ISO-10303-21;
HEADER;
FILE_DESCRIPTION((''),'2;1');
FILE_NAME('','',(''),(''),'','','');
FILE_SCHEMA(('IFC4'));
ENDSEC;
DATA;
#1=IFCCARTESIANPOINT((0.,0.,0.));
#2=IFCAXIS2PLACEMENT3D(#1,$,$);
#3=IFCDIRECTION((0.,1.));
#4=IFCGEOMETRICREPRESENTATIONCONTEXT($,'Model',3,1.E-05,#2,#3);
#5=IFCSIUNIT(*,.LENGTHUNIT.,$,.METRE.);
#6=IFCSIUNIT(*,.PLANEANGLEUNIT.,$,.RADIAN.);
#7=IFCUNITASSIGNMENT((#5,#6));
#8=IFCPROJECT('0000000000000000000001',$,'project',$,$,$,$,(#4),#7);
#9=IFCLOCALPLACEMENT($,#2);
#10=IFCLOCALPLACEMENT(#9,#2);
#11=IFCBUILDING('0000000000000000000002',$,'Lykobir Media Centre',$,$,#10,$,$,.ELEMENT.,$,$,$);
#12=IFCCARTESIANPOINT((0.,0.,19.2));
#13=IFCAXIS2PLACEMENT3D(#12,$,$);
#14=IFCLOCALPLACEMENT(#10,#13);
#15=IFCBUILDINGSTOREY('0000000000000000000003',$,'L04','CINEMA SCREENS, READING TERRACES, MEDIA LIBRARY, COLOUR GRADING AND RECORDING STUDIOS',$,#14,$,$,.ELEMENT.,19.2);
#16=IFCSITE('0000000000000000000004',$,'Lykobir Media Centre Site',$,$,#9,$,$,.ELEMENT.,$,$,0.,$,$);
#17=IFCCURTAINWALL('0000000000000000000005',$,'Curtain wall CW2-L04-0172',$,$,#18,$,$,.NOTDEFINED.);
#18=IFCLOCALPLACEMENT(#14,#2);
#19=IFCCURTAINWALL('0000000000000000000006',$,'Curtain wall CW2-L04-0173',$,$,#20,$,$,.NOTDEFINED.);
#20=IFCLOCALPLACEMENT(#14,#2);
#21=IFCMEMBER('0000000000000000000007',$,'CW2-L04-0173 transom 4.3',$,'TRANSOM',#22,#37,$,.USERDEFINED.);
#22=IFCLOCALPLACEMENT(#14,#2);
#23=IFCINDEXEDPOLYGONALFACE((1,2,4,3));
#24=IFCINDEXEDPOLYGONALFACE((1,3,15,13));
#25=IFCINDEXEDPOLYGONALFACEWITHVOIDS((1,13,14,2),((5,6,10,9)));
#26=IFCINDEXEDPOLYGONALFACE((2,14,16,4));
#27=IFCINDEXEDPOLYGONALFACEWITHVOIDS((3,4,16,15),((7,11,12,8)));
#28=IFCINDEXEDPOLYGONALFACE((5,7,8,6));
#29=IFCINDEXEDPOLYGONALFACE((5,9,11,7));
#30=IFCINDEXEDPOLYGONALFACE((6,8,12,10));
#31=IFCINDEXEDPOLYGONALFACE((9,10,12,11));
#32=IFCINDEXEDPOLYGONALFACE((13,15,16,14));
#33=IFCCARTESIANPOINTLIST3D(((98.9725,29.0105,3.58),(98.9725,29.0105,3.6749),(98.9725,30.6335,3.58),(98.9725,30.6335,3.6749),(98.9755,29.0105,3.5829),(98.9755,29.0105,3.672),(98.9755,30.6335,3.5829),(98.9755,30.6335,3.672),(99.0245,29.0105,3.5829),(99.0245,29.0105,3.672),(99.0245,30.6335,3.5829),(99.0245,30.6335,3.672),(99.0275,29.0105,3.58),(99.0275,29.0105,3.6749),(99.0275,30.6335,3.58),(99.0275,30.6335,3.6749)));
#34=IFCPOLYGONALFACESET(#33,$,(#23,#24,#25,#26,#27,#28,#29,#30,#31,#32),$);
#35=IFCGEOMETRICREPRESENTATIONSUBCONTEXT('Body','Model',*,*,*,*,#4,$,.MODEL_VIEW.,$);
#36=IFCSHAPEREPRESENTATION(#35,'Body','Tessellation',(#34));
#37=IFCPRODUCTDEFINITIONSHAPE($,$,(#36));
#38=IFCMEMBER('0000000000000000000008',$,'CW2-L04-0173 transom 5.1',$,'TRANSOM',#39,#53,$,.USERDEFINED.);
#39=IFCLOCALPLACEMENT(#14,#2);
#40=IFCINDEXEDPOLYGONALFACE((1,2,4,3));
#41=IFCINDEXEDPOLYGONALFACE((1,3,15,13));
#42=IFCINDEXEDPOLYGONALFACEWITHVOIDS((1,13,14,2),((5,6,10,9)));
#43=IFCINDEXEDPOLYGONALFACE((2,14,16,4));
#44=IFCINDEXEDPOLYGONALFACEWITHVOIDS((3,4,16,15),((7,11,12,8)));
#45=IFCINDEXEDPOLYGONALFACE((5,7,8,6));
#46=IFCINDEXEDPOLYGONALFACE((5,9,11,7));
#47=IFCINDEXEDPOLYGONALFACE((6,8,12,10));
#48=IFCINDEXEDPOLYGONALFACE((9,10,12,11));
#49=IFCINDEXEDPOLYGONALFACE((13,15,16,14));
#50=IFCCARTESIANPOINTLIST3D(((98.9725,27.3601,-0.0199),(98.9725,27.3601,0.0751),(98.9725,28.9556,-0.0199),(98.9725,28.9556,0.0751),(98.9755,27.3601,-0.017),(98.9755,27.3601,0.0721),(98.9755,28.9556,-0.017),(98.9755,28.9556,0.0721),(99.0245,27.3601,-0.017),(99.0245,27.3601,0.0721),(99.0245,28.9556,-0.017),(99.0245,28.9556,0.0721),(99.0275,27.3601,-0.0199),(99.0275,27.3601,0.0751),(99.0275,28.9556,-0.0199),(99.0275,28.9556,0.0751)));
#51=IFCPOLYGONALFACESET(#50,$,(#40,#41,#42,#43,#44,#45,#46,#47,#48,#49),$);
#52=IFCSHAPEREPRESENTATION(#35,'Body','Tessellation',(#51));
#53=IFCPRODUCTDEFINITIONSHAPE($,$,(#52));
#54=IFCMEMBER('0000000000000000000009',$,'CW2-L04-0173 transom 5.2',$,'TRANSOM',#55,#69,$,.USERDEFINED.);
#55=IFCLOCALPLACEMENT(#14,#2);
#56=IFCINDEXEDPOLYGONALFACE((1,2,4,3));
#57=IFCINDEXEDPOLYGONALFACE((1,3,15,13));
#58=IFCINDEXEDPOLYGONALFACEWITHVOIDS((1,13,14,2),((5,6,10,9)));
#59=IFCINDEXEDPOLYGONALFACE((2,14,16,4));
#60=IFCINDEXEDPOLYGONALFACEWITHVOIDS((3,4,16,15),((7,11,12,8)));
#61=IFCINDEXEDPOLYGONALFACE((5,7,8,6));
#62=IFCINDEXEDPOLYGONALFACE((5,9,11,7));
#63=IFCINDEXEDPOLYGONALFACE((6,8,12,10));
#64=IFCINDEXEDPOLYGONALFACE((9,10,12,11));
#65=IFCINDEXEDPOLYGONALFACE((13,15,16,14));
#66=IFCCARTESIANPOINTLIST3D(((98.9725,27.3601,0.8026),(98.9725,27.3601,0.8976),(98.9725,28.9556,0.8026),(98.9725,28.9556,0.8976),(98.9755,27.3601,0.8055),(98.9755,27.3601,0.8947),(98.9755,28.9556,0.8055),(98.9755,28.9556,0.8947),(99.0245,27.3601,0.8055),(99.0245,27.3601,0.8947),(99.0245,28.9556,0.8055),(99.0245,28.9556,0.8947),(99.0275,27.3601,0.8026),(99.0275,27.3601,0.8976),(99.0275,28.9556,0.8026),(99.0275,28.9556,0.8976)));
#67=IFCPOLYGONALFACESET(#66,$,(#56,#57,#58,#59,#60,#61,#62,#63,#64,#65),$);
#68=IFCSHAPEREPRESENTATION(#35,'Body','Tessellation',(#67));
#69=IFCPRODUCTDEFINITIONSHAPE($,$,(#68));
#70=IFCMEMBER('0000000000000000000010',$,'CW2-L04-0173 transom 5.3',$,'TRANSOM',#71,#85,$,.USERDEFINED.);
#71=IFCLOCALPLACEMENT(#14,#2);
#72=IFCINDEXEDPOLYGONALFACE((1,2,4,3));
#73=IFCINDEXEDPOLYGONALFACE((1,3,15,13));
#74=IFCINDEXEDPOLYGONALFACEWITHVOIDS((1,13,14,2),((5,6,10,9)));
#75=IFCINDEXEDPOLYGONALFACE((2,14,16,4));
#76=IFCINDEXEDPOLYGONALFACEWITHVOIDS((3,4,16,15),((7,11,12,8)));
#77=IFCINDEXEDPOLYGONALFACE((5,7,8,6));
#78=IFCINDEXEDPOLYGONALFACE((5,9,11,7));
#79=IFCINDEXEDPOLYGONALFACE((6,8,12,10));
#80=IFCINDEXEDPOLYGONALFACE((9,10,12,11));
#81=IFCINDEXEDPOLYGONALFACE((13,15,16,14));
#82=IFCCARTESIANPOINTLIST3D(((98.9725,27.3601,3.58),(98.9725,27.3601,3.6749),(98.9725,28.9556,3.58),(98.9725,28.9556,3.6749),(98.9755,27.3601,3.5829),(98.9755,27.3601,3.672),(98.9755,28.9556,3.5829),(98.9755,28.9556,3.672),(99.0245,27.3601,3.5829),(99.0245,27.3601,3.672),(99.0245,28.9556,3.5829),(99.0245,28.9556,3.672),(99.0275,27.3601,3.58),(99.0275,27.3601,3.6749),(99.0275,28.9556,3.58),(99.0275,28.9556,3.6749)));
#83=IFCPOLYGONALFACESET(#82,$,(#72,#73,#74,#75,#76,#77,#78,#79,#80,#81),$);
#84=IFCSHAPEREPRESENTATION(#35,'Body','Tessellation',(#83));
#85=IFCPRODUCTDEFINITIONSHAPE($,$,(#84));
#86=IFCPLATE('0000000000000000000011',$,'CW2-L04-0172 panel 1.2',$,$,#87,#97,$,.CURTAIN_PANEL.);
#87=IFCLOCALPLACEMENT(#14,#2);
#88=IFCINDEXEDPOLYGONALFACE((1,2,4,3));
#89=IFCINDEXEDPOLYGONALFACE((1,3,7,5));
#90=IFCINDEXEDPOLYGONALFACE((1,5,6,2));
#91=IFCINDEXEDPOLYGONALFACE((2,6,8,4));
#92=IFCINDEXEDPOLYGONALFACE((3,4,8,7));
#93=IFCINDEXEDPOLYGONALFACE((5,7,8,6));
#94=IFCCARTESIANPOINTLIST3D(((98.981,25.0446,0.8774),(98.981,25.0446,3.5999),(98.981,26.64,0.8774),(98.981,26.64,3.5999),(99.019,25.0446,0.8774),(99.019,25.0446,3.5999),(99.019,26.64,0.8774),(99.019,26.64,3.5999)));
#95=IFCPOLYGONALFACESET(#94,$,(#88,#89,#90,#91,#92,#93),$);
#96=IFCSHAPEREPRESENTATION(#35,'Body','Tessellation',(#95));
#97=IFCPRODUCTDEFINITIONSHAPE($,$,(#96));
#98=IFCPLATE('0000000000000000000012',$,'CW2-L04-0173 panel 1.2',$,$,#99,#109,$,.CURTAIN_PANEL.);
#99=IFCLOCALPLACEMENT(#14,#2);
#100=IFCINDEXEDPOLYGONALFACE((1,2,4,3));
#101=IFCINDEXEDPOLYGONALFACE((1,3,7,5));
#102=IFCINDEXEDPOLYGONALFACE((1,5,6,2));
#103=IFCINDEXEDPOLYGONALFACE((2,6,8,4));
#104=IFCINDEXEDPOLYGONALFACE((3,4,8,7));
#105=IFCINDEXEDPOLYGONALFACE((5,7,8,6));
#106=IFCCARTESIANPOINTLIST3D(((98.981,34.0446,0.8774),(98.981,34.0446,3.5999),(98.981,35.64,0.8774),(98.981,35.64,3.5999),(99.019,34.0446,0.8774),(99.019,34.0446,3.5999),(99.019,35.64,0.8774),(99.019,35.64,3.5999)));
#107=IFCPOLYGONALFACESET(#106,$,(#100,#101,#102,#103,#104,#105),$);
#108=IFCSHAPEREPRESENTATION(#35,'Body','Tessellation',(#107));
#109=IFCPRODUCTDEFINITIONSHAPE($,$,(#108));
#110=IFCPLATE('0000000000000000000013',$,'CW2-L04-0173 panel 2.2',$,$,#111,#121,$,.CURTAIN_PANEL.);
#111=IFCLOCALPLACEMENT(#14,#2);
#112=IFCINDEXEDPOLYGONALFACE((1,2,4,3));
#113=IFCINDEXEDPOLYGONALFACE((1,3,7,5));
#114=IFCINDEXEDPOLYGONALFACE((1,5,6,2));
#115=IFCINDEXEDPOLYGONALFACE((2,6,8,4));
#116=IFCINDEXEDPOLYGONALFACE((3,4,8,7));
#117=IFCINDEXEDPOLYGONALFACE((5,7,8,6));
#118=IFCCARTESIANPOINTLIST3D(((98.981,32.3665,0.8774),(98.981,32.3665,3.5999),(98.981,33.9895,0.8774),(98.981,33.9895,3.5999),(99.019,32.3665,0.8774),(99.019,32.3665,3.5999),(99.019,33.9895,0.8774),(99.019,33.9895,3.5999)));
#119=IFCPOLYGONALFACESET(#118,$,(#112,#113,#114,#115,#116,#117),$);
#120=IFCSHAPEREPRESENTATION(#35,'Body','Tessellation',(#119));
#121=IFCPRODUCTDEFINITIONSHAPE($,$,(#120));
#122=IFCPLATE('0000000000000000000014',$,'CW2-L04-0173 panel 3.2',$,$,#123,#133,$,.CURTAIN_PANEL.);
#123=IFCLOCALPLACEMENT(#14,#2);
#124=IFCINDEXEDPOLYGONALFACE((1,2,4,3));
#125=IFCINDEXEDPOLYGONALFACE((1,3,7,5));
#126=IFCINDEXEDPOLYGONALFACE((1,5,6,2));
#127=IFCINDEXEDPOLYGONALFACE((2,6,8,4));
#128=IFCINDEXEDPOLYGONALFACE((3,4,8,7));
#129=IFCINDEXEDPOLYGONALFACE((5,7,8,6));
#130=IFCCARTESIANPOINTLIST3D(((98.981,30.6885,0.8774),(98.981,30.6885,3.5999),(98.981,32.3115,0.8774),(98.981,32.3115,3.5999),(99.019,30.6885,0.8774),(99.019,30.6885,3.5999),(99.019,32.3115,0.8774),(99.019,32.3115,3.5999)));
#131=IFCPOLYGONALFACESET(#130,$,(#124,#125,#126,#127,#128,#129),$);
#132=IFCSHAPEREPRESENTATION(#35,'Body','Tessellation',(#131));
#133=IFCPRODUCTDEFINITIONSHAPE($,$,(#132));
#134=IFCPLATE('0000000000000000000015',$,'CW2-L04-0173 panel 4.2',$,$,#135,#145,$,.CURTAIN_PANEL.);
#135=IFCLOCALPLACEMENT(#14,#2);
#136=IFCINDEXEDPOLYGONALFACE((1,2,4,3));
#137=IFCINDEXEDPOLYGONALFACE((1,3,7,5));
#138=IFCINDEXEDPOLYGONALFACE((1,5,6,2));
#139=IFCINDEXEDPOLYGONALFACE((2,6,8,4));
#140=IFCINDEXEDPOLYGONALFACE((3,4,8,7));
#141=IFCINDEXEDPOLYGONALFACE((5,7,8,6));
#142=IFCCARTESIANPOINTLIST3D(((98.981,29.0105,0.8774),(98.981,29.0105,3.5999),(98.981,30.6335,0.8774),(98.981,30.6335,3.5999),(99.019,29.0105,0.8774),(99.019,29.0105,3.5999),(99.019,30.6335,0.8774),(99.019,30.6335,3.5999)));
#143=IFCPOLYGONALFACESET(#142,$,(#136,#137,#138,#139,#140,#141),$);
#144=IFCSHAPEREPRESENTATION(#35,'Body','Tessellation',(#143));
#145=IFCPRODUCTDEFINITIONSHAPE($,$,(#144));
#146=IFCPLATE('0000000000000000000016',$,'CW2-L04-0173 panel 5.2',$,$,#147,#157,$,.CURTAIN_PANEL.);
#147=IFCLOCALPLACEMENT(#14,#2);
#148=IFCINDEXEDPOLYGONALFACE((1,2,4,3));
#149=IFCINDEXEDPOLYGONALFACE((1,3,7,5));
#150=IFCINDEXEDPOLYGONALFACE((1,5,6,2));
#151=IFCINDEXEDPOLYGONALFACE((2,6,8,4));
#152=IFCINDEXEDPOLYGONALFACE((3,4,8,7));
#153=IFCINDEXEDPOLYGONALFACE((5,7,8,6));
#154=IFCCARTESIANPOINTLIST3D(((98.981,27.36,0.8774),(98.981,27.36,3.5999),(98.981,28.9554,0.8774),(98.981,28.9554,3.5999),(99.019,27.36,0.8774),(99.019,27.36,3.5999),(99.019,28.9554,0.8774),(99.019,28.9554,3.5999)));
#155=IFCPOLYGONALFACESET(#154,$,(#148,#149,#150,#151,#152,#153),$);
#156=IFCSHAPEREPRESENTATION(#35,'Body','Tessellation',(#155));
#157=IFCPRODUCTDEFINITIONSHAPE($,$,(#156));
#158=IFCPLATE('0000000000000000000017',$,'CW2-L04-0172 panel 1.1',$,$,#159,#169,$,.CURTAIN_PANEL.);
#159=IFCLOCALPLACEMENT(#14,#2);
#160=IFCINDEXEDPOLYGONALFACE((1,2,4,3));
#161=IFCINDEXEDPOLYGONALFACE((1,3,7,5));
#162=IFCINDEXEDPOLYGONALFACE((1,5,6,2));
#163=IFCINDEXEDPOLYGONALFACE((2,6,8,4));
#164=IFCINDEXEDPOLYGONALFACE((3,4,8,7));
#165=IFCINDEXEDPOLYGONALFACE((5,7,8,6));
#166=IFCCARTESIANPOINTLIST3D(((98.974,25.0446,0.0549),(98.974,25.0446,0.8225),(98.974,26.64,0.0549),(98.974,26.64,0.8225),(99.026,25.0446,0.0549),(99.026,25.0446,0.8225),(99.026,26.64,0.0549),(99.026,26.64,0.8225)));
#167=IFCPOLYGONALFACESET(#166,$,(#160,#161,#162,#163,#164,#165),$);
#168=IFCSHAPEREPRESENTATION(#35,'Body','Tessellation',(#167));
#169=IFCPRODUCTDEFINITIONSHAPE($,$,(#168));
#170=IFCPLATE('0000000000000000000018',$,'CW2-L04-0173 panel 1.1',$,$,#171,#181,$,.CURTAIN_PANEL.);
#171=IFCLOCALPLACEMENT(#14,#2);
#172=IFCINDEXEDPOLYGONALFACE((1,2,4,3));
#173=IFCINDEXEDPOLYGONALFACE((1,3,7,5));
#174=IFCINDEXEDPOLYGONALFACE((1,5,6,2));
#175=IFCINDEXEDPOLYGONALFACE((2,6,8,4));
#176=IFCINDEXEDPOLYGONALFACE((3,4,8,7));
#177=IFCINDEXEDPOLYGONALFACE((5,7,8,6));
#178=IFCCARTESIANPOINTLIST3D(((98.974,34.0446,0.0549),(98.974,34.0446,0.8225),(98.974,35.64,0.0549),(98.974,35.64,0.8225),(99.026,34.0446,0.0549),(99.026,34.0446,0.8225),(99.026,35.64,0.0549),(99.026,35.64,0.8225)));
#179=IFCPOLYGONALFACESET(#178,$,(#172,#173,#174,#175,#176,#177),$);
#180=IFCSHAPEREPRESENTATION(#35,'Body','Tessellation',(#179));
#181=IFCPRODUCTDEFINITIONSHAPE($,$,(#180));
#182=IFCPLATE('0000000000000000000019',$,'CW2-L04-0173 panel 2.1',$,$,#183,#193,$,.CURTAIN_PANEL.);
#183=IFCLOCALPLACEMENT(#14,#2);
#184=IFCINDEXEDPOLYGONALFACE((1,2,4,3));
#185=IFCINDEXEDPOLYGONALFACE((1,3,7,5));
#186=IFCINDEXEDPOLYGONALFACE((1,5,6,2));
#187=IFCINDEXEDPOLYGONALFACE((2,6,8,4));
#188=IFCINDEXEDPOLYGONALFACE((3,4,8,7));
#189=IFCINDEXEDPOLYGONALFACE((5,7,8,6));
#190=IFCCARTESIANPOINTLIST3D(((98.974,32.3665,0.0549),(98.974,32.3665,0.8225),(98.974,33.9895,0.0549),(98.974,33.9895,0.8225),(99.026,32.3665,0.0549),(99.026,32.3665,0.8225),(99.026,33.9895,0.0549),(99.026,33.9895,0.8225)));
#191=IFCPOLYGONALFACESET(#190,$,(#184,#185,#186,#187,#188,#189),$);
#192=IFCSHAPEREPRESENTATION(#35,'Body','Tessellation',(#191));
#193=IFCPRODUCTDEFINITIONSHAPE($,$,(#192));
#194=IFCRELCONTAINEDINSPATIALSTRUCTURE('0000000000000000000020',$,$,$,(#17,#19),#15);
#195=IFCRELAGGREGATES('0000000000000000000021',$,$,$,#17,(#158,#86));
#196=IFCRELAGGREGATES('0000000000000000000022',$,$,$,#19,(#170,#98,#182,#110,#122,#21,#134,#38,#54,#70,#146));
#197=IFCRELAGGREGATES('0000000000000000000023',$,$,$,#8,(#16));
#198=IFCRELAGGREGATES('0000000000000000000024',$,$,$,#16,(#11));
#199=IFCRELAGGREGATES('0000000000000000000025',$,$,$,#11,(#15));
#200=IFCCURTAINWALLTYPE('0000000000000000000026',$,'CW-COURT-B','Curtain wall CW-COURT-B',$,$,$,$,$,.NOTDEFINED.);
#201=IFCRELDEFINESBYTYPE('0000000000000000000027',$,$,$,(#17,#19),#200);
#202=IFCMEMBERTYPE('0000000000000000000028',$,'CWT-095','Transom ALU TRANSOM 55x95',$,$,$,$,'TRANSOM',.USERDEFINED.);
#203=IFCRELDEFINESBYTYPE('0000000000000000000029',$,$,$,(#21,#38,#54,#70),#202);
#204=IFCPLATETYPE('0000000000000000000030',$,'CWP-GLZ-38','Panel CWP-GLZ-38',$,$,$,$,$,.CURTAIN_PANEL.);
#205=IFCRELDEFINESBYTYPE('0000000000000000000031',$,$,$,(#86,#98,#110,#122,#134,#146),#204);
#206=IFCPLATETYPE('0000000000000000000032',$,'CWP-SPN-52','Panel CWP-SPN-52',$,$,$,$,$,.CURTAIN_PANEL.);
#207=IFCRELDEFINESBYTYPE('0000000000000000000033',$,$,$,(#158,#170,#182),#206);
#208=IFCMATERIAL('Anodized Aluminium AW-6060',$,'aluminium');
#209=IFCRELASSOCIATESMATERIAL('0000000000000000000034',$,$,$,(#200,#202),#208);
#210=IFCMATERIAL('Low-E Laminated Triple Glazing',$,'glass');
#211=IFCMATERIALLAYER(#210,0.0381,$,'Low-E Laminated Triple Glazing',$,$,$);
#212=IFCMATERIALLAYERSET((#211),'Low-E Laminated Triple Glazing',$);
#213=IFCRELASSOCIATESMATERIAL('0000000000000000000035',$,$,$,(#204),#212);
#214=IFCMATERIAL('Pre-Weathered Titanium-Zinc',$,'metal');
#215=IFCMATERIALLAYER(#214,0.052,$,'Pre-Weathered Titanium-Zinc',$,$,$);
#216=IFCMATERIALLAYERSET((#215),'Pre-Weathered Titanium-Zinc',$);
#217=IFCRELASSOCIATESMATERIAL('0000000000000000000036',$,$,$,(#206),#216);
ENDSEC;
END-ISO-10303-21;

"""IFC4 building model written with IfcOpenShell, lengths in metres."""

from ifc_helpers import new_model, si_unit, direction, frame, origin, origin_2d, place, context, subcontext, project, spatial, rectangle, hollow_rectangle, extrude, material, layer, layer_set, material_profile, profile_set, type_object, element, aggregate, save


model = new_model("IFC4")

# Units and contexts
model_context = context("Model", 3, precision=1e-05, world=origin(), true_north=direction((0.0, 1.0)))
body_context = subcontext(model_context, "Body", "Model", "MODEL_VIEW")
ifc_project = project(units=[si_unit("LENGTHUNIT", "METRE"), si_unit("PLANEANGLEUNIT", "RADIAN")], contexts=[model_context])

# Site, building, storey
site_placement = place(None, origin())
site = spatial("IfcSite", under=ifc_project, at=site_placement, Name="Lykobir Media Centre Site", CompositionType="ELEMENT", RefElevation=0.0)
building_placement = place(site_placement, origin())
building = spatial("IfcBuilding", under=site, at=building_placement, Name="Lykobir Media Centre", CompositionType="ELEMENT")
storey_placement = place(building_placement, frame((0.0, 0.0, 19.2)))
storey = spatial("IfcBuildingStorey", under=building, at=storey_placement, Name="L04", Description="CINEMA SCREENS, READING TERRACES, MEDIA LIBRARY, COLOUR GRADING AND RECORDING STUDIOS", CompositionType="ELEMENT", Elevation=19.2)

# Curtain walls
ifc_material_1 = material(Name="Anodized Aluminium AW-6060", Category="aluminium")
curtain_wall_type = type_object("IfcCurtainWallType", Name="CW-COURT-B", Description="Curtain wall CW-COURT-B", PredefinedType="NOTDEFINED", material=ifc_material_1)
curtain_wall_1_placement = place(storey_placement, origin())
curtain_wall_1 = element("IfcCurtainWall", 1, at=curtain_wall_1_placement, inside=storey, type_object=curtain_wall_type, Name="Curtain wall CW2-L04-0172", PredefinedType="NOTDEFINED")
curtain_wall_2_placement = place(storey_placement, origin())
curtain_wall_2 = element("IfcCurtainWall", 2, at=curtain_wall_2_placement, inside=storey, type_object=curtain_wall_type, Name="Curtain wall CW2-L04-0173", PredefinedType="NOTDEFINED")

# Members
ifc_material_profile_1 = material_profile(ifc_material_1, hollow_rectangle(XDim=0.0549, YDim=0.095, WallThickness=0.0029, at=origin_2d()), Name="ALU TRANSOM 55x95")
ifc_profile_set_1 = profile_set([ifc_material_profile_1], Name="Anodized Aluminium AW-6060")
member_type_1 = type_object("IfcMemberType", Name="CWT-095", Description="Transom ALU TRANSOM 55x95", ElementType="TRANSOM", PredefinedType="USERDEFINED", material=ifc_profile_set_1)
member_1_placement = place(storey_placement, frame((99.0, 30.6335, 3.6274), z_axis=(0.0, -1.0, 0.0), x_axis=(1.0, 0.0, 0.0)))
member_1 = element("IfcMember", 3, at=member_1_placement, type_object=member_type_1, Name="CW2-L04-0173 transom 4.3", ObjectType="TRANSOM", PredefinedType="USERDEFINED", context=body_context, shape_type="SweptSolid", body=[
    extrude(hollow_rectangle(XDim=0.0549, YDim=0.095, WallThickness=0.0029, at=origin_2d()), origin(), (0.0, 0.0, 1.0), 1.623),
])
member_2_placement = place(storey_placement, frame((99.0, 28.9556, 0.0276), z_axis=(0.0, -1.0, 0.0), x_axis=(1.0, 0.0, 0.0)))
member_2 = element("IfcMember", 4, at=member_2_placement, type_object=member_type_1, Name="CW2-L04-0173 transom 5.1", ObjectType="TRANSOM", PredefinedType="USERDEFINED", context=body_context, shape_type="SweptSolid", body=[
    extrude(hollow_rectangle(XDim=0.0549, YDim=0.095, WallThickness=0.0029, at=origin_2d()), origin(), (0.0, 0.0, 1.0), 1.5955),
])
member_3_placement = place(storey_placement, frame((99.0, 28.9556, 0.8501), z_axis=(0.0, -1.0, 0.0), x_axis=(1.0, 0.0, 0.0)))
member_3 = element("IfcMember", 5, at=member_3_placement, type_object=member_type_1, Name="CW2-L04-0173 transom 5.2", ObjectType="TRANSOM", PredefinedType="USERDEFINED", context=body_context, shape_type="SweptSolid", body=[
    extrude(hollow_rectangle(XDim=0.0549, YDim=0.095, WallThickness=0.0029, at=origin_2d()), origin(), (0.0, 0.0, 1.0), 1.5955),
])
member_4_placement = place(storey_placement, frame((99.0, 28.9556, 3.6274), z_axis=(0.0, -1.0, 0.0), x_axis=(1.0, 0.0, 0.0)))
member_4 = element("IfcMember", 6, at=member_4_placement, type_object=member_type_1, Name="CW2-L04-0173 transom 5.3", ObjectType="TRANSOM", PredefinedType="USERDEFINED", context=body_context, shape_type="SweptSolid", body=[
    extrude(hollow_rectangle(XDim=0.0549, YDim=0.095, WallThickness=0.0029, at=origin_2d()), origin(), (0.0, 0.0, 1.0), 1.5955),
])

# Plates
ifc_material_2 = material(Name="Low-E Laminated Triple Glazing", Category="glass")
ifc_layer_1 = layer(ifc_material_2, 0.0381, Name="Low-E Laminated Triple Glazing")
ifc_layer_set_1 = layer_set([ifc_layer_1], Name="Low-E Laminated Triple Glazing")
plate_type_1 = type_object("IfcPlateType", Name="CWP-GLZ-38", Description="Panel CWP-GLZ-38", PredefinedType="CURTAIN_PANEL", material=ifc_layer_set_1)
plate_1_placement = place(storey_placement, frame((99.0, 25.8423, 0.8774), z_axis=(0.0, 0.0, 1.0), x_axis=(0.0, -1.0, 0.0)))
plate_1 = element("IfcPlate", 7, at=plate_1_placement, type_object=plate_type_1, Name="CW2-L04-0172 panel 1.2", PredefinedType="CURTAIN_PANEL", context=body_context, shape_type="SweptSolid", body=[
    extrude(rectangle(XDim=1.5955, YDim=0.0381, at=origin_2d()), origin(), (0.0, 0.0, 1.0), 2.7224),
])
plate_2_placement = place(storey_placement, frame((99.0, 34.8423, 0.8774), z_axis=(0.0, 0.0, 1.0), x_axis=(0.0, -1.0, 0.0)))
plate_2 = element("IfcPlate", 8, at=plate_2_placement, type_object=plate_type_1, Name="CW2-L04-0173 panel 1.2", PredefinedType="CURTAIN_PANEL", context=body_context, shape_type="SweptSolid", body=[
    extrude(rectangle(XDim=1.5955, YDim=0.0381, at=origin_2d()), origin(), (0.0, 0.0, 1.0), 2.7224),
])
plate_3_placement = place(storey_placement, frame((99.0, 33.178, 0.8774), z_axis=(0.0, 0.0, 1.0), x_axis=(0.0, -1.0, 0.0)))
plate_3 = element("IfcPlate", 9, at=plate_3_placement, type_object=plate_type_1, Name="CW2-L04-0173 panel 2.2", PredefinedType="CURTAIN_PANEL", context=body_context, shape_type="SweptSolid", body=[
    extrude(rectangle(XDim=1.623, YDim=0.0381, at=origin_2d()), origin(), (0.0, 0.0, 1.0), 2.7224),
])
plate_4_placement = place(storey_placement, frame((99.0, 31.5, 0.8774), z_axis=(0.0, 0.0, 1.0), x_axis=(0.0, -1.0, 0.0)))
plate_4 = element("IfcPlate", 10, at=plate_4_placement, type_object=plate_type_1, Name="CW2-L04-0173 panel 3.2", PredefinedType="CURTAIN_PANEL", context=body_context, shape_type="SweptSolid", body=[
    extrude(rectangle(XDim=1.623, YDim=0.0381, at=origin_2d()), origin(), (0.0, 0.0, 1.0), 2.7224),
])
plate_5_placement = place(storey_placement, frame((99.0, 29.822, 0.8774), z_axis=(0.0, 0.0, 1.0), x_axis=(0.0, -1.0, 0.0)))
plate_5 = element("IfcPlate", 11, at=plate_5_placement, type_object=plate_type_1, Name="CW2-L04-0173 panel 4.2", PredefinedType="CURTAIN_PANEL", context=body_context, shape_type="SweptSolid", body=[
    extrude(rectangle(XDim=1.623, YDim=0.0381, at=origin_2d()), origin(), (0.0, 0.0, 1.0), 2.7224),
])
plate_6_placement = place(storey_placement, frame((99.0, 28.1577, 0.8774), z_axis=(0.0, 0.0, 1.0), x_axis=(0.0, -1.0, 0.0)))
plate_6 = element("IfcPlate", 12, at=plate_6_placement, type_object=plate_type_1, Name="CW2-L04-0173 panel 5.2", PredefinedType="CURTAIN_PANEL", context=body_context, shape_type="SweptSolid", body=[
    extrude(rectangle(XDim=1.5955, YDim=0.0381, at=origin_2d()), origin(), (0.0, 0.0, 1.0), 2.7224),
])
ifc_material_3 = material(Name="Pre-Weathered Titanium-Zinc", Category="metal")
ifc_layer_2 = layer(ifc_material_3, 0.052, Name="Pre-Weathered Titanium-Zinc")
ifc_layer_set_2 = layer_set([ifc_layer_2], Name="Pre-Weathered Titanium-Zinc")
plate_type_2 = type_object("IfcPlateType", Name="CWP-SPN-52", Description="Panel CWP-SPN-52", PredefinedType="CURTAIN_PANEL", material=ifc_layer_set_2)
plate_7_placement = place(storey_placement, frame((99.0, 25.8423, 0.0549), z_axis=(0.0, 0.0, 1.0), x_axis=(0.0, -1.0, 0.0)))
plate_7 = element("IfcPlate", 13, at=plate_7_placement, type_object=plate_type_2, Name="CW2-L04-0172 panel 1.1", PredefinedType="CURTAIN_PANEL", context=body_context, shape_type="SweptSolid", body=[
    extrude(rectangle(XDim=1.5955, YDim=0.052, at=origin_2d()), origin(), (0.0, 0.0, 1.0), 0.7676),
])
aggregate(curtain_wall_1, [plate_7, plate_1])
plate_8_placement = place(storey_placement, frame((99.0, 34.8423, 0.0549), z_axis=(0.0, 0.0, 1.0), x_axis=(0.0, -1.0, 0.0)))
plate_8 = element("IfcPlate", 14, at=plate_8_placement, type_object=plate_type_2, Name="CW2-L04-0173 panel 1.1", PredefinedType="CURTAIN_PANEL", context=body_context, shape_type="SweptSolid", body=[
    extrude(rectangle(XDim=1.5955, YDim=0.052, at=origin_2d()), origin(), (0.0, 0.0, 1.0), 0.7676),
])
plate_9_placement = place(storey_placement, frame((99.0, 33.178, 0.0549), z_axis=(0.0, 0.0, 1.0), x_axis=(0.0, -1.0, 0.0)))
plate_9 = element("IfcPlate", 15, at=plate_9_placement, type_object=plate_type_2, Name="CW2-L04-0173 panel 2.1", PredefinedType="CURTAIN_PANEL", context=body_context, shape_type="SweptSolid", body=[
    extrude(rectangle(XDim=1.623, YDim=0.052, at=origin_2d()), origin(), (0.0, 0.0, 1.0), 0.7676),
])
aggregate(curtain_wall_2, [plate_8, plate_2, plate_9, plate_3, plate_4, member_1, plate_5, member_2, member_3, member_4, plate_6])

save(model, "model.ifc")
